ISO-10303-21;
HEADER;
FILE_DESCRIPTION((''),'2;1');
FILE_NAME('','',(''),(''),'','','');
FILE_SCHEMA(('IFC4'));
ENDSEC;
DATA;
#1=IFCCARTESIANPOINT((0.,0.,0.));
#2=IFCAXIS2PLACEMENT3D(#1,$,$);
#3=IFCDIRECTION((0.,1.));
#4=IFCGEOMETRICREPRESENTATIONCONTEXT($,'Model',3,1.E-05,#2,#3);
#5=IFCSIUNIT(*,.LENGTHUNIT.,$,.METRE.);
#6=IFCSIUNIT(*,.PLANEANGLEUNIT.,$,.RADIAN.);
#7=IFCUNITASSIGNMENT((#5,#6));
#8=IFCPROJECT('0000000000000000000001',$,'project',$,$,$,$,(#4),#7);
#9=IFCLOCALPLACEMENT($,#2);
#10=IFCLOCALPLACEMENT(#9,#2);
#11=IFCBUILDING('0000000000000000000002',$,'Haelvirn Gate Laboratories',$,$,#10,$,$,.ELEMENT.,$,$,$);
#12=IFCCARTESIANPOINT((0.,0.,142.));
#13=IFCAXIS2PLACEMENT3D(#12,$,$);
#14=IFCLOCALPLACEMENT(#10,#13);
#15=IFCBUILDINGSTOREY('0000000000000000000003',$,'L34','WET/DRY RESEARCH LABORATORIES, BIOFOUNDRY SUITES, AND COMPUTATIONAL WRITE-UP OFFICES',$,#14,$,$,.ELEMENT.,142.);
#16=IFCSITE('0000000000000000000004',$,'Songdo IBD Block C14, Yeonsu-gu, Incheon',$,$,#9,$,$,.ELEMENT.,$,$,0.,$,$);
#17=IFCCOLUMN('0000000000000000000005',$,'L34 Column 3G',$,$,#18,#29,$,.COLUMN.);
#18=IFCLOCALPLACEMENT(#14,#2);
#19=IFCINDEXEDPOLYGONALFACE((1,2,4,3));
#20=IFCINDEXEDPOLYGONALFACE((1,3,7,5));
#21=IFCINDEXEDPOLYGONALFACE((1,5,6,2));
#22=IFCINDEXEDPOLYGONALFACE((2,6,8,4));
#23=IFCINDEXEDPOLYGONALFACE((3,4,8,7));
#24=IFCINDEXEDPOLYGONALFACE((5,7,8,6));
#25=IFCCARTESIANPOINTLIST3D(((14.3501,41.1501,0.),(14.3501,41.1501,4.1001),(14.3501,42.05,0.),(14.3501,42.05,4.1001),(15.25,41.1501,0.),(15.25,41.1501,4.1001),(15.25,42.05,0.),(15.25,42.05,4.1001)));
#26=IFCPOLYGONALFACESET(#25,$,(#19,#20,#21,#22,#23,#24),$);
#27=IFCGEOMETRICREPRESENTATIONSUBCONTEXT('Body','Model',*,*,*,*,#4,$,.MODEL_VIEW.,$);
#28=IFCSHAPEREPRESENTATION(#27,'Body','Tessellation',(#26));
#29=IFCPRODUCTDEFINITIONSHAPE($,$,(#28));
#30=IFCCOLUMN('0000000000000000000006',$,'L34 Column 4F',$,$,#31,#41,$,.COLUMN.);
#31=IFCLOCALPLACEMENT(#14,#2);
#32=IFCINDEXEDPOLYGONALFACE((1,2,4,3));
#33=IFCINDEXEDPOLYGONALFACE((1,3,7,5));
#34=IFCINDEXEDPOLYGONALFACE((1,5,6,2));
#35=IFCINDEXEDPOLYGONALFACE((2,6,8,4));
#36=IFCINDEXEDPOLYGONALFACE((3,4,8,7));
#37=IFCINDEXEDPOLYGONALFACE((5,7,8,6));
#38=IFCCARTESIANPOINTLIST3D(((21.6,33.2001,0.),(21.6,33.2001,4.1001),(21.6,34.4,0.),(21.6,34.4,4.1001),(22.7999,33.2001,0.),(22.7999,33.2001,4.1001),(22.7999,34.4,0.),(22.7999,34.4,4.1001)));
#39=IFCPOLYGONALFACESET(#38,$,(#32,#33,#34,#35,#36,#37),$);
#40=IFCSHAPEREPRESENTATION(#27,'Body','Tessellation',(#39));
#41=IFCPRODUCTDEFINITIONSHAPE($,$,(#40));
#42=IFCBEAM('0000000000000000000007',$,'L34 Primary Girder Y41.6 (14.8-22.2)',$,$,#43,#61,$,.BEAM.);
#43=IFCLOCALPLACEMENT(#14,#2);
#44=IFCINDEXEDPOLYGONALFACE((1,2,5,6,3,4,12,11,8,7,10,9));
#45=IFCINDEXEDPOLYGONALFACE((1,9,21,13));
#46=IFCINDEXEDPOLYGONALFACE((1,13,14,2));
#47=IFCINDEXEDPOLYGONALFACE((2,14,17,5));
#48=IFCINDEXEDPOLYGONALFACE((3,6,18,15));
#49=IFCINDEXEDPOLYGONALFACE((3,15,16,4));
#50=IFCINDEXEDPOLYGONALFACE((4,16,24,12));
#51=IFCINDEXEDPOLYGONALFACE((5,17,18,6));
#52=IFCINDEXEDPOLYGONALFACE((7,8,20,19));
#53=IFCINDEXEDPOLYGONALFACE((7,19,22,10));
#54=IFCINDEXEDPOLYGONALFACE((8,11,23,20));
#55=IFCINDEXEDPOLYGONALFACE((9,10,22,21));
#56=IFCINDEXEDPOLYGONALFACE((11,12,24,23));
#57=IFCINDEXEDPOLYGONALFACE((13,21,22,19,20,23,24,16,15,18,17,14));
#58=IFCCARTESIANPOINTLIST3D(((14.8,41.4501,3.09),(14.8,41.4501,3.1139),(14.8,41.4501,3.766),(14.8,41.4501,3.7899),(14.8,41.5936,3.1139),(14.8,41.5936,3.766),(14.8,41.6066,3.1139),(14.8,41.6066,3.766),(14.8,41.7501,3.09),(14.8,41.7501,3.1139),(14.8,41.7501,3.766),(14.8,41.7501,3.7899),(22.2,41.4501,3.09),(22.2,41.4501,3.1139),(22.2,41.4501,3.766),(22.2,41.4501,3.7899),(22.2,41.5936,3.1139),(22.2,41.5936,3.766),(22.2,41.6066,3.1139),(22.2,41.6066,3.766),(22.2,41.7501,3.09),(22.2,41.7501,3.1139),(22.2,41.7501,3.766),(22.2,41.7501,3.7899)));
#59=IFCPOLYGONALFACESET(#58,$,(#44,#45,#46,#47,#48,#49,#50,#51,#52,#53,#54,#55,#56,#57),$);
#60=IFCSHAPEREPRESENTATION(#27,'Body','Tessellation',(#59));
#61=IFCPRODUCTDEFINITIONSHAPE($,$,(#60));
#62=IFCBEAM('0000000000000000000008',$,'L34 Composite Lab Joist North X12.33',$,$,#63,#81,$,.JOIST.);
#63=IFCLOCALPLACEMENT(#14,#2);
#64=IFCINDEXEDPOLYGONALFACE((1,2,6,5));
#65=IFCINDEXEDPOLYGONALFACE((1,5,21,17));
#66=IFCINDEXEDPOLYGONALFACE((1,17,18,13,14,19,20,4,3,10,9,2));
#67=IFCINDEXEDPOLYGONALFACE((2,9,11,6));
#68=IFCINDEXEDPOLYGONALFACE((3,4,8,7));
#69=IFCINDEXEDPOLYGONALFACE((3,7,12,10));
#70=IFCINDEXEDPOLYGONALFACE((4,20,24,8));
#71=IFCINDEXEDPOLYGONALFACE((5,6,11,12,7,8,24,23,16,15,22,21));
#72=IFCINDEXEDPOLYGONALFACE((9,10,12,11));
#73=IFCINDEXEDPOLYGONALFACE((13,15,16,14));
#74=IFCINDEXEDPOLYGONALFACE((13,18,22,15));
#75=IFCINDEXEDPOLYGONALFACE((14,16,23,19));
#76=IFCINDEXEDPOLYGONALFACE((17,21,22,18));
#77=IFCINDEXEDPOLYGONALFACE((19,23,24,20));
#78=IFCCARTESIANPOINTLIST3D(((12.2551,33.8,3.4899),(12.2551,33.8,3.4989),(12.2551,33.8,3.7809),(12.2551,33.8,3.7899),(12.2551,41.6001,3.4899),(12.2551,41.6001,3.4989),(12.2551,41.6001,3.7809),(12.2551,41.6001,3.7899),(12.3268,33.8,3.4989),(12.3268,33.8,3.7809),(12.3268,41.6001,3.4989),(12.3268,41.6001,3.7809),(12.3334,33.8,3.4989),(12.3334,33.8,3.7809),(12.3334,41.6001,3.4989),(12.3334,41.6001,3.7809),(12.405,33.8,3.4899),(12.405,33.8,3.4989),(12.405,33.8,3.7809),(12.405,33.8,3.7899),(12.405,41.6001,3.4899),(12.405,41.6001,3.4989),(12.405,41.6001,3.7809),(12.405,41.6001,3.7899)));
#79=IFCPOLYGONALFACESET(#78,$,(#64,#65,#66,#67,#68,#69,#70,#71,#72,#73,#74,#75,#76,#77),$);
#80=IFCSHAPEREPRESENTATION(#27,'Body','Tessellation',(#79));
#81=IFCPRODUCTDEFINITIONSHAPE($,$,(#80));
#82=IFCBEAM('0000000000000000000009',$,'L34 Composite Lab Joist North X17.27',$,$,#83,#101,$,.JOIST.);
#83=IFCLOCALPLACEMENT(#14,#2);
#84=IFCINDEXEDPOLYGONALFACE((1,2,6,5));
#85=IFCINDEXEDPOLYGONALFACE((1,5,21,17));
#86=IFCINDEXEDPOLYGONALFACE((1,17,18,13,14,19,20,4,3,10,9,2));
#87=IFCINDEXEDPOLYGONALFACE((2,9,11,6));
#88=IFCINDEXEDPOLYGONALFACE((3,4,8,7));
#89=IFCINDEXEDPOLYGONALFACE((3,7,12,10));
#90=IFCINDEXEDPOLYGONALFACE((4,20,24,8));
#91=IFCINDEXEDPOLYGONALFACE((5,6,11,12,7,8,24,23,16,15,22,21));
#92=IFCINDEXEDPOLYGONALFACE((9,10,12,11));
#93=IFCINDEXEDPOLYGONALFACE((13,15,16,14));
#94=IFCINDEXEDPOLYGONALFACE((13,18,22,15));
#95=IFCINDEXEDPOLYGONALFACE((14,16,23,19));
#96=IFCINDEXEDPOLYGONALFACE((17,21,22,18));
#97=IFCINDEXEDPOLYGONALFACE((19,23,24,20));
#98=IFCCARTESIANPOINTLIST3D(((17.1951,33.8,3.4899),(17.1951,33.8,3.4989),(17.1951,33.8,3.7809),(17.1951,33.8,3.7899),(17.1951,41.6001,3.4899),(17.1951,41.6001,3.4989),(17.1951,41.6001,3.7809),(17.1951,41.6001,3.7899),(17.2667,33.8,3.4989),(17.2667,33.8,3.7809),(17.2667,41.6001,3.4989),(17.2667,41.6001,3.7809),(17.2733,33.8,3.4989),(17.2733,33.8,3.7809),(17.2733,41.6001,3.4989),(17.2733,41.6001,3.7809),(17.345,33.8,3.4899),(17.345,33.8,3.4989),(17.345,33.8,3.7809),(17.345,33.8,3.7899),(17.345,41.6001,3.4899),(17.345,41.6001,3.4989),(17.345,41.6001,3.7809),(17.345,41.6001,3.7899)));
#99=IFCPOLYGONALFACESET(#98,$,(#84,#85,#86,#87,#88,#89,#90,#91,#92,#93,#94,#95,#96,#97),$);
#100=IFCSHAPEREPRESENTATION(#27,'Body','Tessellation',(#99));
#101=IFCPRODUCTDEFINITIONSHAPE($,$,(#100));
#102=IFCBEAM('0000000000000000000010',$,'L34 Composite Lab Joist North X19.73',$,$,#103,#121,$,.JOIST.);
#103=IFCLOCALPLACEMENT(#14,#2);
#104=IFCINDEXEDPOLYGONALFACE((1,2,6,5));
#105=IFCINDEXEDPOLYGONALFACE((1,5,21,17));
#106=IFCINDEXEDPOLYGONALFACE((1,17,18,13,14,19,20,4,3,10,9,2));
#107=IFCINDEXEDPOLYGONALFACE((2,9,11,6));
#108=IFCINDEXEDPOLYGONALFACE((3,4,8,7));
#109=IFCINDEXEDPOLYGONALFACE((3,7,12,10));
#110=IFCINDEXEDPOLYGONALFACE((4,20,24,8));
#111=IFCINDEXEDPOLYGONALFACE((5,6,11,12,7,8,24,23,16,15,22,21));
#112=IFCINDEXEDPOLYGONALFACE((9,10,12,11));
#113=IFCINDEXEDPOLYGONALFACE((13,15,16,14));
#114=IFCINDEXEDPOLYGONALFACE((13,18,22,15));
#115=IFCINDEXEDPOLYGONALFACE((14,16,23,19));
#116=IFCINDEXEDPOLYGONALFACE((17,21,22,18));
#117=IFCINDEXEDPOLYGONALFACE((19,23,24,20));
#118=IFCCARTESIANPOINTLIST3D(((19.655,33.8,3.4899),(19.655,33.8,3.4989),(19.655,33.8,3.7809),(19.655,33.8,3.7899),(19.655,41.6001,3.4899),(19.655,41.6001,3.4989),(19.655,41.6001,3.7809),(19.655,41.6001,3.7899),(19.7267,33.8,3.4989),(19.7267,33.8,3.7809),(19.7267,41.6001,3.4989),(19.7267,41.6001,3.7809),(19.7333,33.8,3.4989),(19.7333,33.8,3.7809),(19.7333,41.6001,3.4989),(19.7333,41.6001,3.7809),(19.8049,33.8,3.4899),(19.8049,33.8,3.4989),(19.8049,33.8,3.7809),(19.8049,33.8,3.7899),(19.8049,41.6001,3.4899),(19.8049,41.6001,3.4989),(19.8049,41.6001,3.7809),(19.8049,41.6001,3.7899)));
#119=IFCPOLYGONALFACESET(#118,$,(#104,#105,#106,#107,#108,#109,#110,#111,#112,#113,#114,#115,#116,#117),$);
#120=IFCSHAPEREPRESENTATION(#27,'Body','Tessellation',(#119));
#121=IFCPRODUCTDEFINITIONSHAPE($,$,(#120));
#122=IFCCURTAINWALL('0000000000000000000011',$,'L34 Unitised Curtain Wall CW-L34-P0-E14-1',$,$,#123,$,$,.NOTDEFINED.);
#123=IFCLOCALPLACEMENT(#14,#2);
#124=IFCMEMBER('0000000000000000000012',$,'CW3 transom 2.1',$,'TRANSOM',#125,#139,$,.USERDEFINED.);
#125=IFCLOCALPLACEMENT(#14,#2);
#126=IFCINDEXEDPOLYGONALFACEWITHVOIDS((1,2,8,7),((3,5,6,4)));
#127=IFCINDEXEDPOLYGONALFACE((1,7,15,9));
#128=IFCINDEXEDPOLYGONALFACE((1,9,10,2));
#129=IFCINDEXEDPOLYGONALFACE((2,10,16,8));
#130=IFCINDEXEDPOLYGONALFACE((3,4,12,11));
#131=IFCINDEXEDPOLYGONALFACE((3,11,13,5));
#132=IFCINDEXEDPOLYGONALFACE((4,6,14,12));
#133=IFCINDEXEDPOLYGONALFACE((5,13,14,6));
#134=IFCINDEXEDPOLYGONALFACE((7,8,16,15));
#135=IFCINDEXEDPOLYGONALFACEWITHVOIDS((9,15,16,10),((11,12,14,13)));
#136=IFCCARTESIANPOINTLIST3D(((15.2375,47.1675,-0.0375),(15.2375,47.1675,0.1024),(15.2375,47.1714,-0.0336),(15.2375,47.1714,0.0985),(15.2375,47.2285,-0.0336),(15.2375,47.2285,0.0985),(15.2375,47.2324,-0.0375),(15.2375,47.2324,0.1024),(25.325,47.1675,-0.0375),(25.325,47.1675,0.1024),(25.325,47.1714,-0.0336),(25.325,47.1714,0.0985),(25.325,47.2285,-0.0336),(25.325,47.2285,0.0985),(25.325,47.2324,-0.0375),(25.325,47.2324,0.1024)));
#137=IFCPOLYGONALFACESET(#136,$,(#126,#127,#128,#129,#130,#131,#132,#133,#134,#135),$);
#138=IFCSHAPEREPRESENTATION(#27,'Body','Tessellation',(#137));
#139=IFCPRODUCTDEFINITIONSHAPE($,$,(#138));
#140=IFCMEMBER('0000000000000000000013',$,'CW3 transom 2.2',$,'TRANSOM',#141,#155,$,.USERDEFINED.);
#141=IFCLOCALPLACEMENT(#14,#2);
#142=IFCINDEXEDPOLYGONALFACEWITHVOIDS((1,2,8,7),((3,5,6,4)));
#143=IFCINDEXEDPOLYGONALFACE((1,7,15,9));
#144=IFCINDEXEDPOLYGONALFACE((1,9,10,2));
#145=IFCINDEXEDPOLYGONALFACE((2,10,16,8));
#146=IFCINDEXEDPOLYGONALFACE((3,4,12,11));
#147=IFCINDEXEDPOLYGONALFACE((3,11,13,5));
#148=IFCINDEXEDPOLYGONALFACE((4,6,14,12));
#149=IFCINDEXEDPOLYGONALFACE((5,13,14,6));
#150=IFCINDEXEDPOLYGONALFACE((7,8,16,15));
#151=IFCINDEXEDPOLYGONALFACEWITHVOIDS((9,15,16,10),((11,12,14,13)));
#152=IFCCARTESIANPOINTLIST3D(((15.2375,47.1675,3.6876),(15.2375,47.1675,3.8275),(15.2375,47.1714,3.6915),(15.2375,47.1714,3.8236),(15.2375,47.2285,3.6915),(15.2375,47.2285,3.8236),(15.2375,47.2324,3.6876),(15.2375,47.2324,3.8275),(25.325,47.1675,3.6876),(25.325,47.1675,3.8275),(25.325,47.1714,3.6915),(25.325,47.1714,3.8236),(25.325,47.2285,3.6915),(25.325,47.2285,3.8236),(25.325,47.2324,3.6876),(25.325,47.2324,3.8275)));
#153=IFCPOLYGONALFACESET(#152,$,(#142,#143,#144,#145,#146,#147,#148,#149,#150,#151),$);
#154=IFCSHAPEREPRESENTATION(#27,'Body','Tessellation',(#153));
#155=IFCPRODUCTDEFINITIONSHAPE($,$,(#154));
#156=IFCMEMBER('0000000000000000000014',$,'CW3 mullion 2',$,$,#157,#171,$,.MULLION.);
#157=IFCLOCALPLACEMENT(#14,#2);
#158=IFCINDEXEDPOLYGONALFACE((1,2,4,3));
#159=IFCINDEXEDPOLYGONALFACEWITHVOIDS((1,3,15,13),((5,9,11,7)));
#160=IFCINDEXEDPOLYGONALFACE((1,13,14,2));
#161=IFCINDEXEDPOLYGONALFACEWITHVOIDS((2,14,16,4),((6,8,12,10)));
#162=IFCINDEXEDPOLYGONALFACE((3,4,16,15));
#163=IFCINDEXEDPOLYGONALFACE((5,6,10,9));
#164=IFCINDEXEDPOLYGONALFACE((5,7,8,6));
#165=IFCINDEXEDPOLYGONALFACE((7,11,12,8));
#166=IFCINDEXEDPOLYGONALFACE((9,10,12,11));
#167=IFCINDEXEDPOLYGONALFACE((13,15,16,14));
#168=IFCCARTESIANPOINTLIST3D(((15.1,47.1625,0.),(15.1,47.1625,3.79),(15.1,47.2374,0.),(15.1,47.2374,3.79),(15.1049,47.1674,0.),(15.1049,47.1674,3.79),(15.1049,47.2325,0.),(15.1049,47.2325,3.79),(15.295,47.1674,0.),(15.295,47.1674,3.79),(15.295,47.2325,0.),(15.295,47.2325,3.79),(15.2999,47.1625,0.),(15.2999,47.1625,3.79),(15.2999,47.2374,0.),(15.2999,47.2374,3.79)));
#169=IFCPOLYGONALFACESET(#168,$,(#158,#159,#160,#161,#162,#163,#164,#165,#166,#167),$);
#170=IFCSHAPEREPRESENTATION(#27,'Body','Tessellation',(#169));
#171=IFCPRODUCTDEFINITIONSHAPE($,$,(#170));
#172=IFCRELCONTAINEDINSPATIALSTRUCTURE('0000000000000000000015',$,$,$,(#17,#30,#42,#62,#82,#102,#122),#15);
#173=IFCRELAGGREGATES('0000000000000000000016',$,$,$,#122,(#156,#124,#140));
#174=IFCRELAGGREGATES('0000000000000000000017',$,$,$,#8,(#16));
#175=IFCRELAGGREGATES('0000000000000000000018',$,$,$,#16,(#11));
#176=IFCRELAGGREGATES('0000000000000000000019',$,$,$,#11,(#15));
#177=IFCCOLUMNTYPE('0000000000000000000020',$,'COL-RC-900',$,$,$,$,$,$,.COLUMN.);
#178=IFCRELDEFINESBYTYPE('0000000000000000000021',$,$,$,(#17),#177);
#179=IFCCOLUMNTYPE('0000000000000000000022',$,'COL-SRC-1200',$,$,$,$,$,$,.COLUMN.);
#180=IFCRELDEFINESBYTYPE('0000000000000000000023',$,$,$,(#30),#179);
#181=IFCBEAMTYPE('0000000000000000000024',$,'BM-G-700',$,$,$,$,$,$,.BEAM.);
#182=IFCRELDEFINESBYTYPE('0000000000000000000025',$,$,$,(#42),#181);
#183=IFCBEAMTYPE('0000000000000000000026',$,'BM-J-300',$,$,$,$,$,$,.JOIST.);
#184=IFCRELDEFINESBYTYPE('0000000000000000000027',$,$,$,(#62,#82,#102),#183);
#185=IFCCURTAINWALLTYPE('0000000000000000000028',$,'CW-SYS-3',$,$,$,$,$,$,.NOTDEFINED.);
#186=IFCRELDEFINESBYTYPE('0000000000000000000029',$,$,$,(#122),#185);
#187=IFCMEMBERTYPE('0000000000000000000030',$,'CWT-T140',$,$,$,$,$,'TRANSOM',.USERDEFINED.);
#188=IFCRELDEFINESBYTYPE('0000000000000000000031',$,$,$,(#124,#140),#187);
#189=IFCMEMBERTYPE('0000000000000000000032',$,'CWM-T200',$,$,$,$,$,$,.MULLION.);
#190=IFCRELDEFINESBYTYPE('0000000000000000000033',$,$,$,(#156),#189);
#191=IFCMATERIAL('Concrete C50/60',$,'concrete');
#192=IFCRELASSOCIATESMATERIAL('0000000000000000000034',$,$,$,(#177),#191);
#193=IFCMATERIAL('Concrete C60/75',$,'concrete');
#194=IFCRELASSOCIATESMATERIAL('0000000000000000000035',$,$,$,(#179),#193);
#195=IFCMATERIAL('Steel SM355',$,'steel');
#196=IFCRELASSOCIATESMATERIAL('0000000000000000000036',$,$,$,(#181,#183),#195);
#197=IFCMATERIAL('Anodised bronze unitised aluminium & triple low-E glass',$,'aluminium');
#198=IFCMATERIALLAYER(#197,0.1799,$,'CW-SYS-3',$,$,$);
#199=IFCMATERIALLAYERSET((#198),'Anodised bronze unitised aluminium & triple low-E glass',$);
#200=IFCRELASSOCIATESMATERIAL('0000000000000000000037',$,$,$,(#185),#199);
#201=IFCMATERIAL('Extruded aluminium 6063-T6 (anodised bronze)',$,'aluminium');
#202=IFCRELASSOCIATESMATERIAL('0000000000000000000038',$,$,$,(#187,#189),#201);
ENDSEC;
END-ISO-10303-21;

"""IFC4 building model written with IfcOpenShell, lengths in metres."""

from ifc_helpers import new_model, si_unit, direction, frame, origin, origin_2d, place, context, subcontext, project, spatial, rectangle, hollow_rectangle, i_section, extrude, source, transform, mapped, material, layer, layer_set, material_profile, profile_set, type_object, type_shapes, element, aggregate, save


model = new_model("IFC4")

# Units and contexts
model_context = context("Model", 3, precision=1e-05, world=origin(), true_north=direction((0.0, 1.0)))
body_context = subcontext(model_context, "Body", "Model", "MODEL_VIEW")
ifc_project = project(units=[si_unit("LENGTHUNIT", "METRE"), si_unit("PLANEANGLEUNIT", "RADIAN")], contexts=[model_context])

# Site, building, storey
site_placement = place(None, origin())
site = spatial("IfcSite", under=ifc_project, at=site_placement, Name="Songdo IBD Block C14, Yeonsu-gu, Incheon", CompositionType="ELEMENT", RefElevation=0.0)
building_placement = place(site_placement, origin())
building = spatial("IfcBuilding", under=site, at=building_placement, Name="Haelvirn Gate Laboratories", CompositionType="ELEMENT")
storey_placement = place(building_placement, frame((0.0, 0.0, 142.0)))
storey = spatial("IfcBuildingStorey", under=building, at=storey_placement, Name="L34", Description="WET/DRY RESEARCH LABORATORIES, BIOFOUNDRY SUITES, AND COMPUTATIONAL WRITE-UP OFFICES", CompositionType="ELEMENT", Elevation=142.0)

# Columns
ifc_material_1 = material(Name="Concrete C50/60", Category="concrete")
ifc_material_profile_1 = material_profile(ifc_material_1, rectangle(XDim=0.8999, YDim=0.8999, at=origin_2d()), Name="RC-900x900")
ifc_profile_set_1 = profile_set([ifc_material_profile_1], Name="Concrete C50/60")
column_type_1 = type_object("IfcColumnType", Name="COL-RC-900", PredefinedType="COLUMN", material=ifc_profile_set_1)
shared_shape_1 = source(origin(), body_context, "Body", "SweptSolid", [
    extrude(rectangle(XDim=0.8999, YDim=0.8999, at=origin_2d()), origin(), (0.0, 0.0, 1.0), 4.1001),
])
type_shapes(column_type_1, [shared_shape_1])
column_1_placement = place(storey_placement, frame((14.8, 41.6001, 0.0), z_axis=(0.0, 0.0, 1.0), x_axis=(1.0, 0.0, 0.0)))
element("IfcColumn", 1, at=column_1_placement, inside=storey, type_object=column_type_1, Name="L34 Column 3G", PredefinedType="COLUMN", context=body_context, shape_type="MappedRepresentation", body=[
    mapped(shared_shape_1, transform((0.0, 0.0, 0.0), scale=1.0)),
])
ifc_material_2 = material(Name="Concrete C60/75", Category="concrete")
ifc_material_profile_2 = material_profile(ifc_material_2, rectangle(XDim=1.2, YDim=1.2, at=origin_2d()), Name="SRC-1200x1200")
ifc_profile_set_2 = profile_set([ifc_material_profile_2], Name="Concrete C60/75")
column_type_2 = type_object("IfcColumnType", Name="COL-SRC-1200", PredefinedType="COLUMN", material=ifc_profile_set_2)
shared_shape_2 = source(origin(), body_context, "Body", "SweptSolid", [
    extrude(rectangle(XDim=1.2, YDim=1.2, at=origin_2d()), origin(), (0.0, 0.0, 1.0), 4.1001),
])
type_shapes(column_type_2, [shared_shape_2])
column_2_placement = place(storey_placement, frame((22.2, 33.8, 0.0), z_axis=(0.0, 0.0, 1.0), x_axis=(1.0, 0.0, 0.0)))
element("IfcColumn", 2, at=column_2_placement, inside=storey, type_object=column_type_2, Name="L34 Column 4F", PredefinedType="COLUMN", context=body_context, shape_type="MappedRepresentation", body=[
    mapped(shared_shape_2, transform((0.0, 0.0, 0.0), scale=1.0)),
])

# Beams
ifc_material_3 = material(Name="Steel SM355", Category="steel")
ifc_material_profile_3 = material_profile(ifc_material_3, i_section(OverallWidth=0.3, OverallDepth=0.7, WebThickness=0.0129, FlangeThickness=0.0239, at=origin_2d()), Name="H-700x300x13x24")
ifc_profile_set_3 = profile_set([ifc_material_profile_3], Name="Steel SM355")
beam_type_1 = type_object("IfcBeamType", Name="BM-G-700", PredefinedType="BEAM", material=ifc_profile_set_3)
shared_shape_3 = source(origin(), body_context, "Body", "SweptSolid", [
    extrude(i_section(OverallWidth=0.3, OverallDepth=0.7, WebThickness=0.0129, FlangeThickness=0.0239, at=origin_2d()), origin(), (0.0, 0.0, 1.0), 7.3999),
])
type_shapes(beam_type_1, [shared_shape_3])
beam_placement = place(storey_placement, frame((14.8, 41.6001, 3.4399), z_axis=(1.0, 0.0, 0.0), x_axis=(0.0, 1.0, 0.0)))
element("IfcBeam", 3, at=beam_placement, inside=storey, type_object=beam_type_1, Name="L34 Primary Girder Y41.6 (14.8-22.2)", PredefinedType="BEAM", context=body_context, shape_type="MappedRepresentation", body=[
    mapped(shared_shape_3, transform((0.0, 0.0, 0.0), scale=1.0)),
])
ifc_material_profile_4 = material_profile(ifc_material_3, i_section(OverallWidth=0.1499, OverallDepth=0.3, WebThickness=0.0066, FlangeThickness=0.009, at=origin_2d()), Name="H-300x150x6.5x9")
ifc_profile_set_4 = profile_set([ifc_material_profile_4], Name="Steel SM355")
beam_type_2 = type_object("IfcBeamType", Name="BM-J-300", PredefinedType="JOIST", material=ifc_profile_set_4)
shared_shape_4 = source(origin(), body_context, "Body", "SweptSolid", [
    extrude(i_section(OverallWidth=0.1499, OverallDepth=0.3, WebThickness=0.0066, FlangeThickness=0.009, at=origin_2d()), origin(), (0.0, 0.0, 1.0), 7.8),
])
type_shapes(beam_type_2, [shared_shape_4])
for number, where, z_axis, x_axis, name in (
    (4, (12.3301, 33.8, 3.6399), (0.0, 1.0, 0.0), (-1.0, 0.0, 0.0), "L34 Composite Lab Joist North X12.33"),
    (5, (17.27, 33.8, 3.6399), (0.0, 1.0, 0.0), (-1.0, 0.0, 0.0), "L34 Composite Lab Joist North X17.27"),
    (6, (19.73, 33.8, 3.6399), (0.0, 1.0, 0.0), (-1.0, 0.0, 0.0), "L34 Composite Lab Joist North X19.73"),
):
    element("IfcBeam", number, at=place(storey_placement, frame(where, z_axis=z_axis, x_axis=x_axis)), inside=storey, type_object=beam_type_2, Name=name, PredefinedType="JOIST", context=body_context, shape_type="MappedRepresentation", body=[
        mapped(shared_shape_4, transform((0.0, 0.0, 0.0), scale=1.0)),
    ])

# Curtain wall, members
ifc_material_4 = material(Name="Anodised bronze unitised aluminium & triple low-E glass", Category="aluminium")
ifc_layer_1 = layer(ifc_material_4, 0.1799, Name="CW-SYS-3")
ifc_layer_set_1 = layer_set([ifc_layer_1], Name="Anodised bronze unitised aluminium & triple low-E glass")
curtain_wall_type = type_object("IfcCurtainWallType", Name="CW-SYS-3", PredefinedType="NOTDEFINED", material=ifc_layer_set_1)
curtain_wall_placement = place(storey_placement, origin())
curtain_wall = element("IfcCurtainWall", 7, at=curtain_wall_placement, inside=storey, type_object=curtain_wall_type, Name="L34 Unitised Curtain Wall CW-L34-P0-E14-1", PredefinedType="NOTDEFINED")
ifc_material_5 = material(Name="Extruded aluminium 6063-T6 (anodised bronze)", Category="aluminium")
ifc_material_profile_5 = material_profile(ifc_material_5, hollow_rectangle(XDim=0.0649, YDim=0.1399, WallThickness=0.0039, at=origin_2d()), Name="CWT-140x65x4")
ifc_profile_set_5 = profile_set([ifc_material_profile_5], Name="Extruded aluminium 6063-T6 (anodised bronze)")
member_type_1 = type_object("IfcMemberType", Name="CWT-T140", ElementType="TRANSOM", PredefinedType="USERDEFINED", material=ifc_profile_set_5)
shared_shape_5 = source(origin(), body_context, "Body", "SweptSolid", [
    extrude(hollow_rectangle(XDim=0.0649, YDim=0.1399, WallThickness=0.0039, at=origin_2d()), origin(), (0.0, 0.0, 1.0), 10.0874),
])
type_shapes(member_type_1, [shared_shape_5])
member_1_placement = place(storey_placement, frame((15.2375, 47.2, 0.0325), z_axis=(1.0, 0.0, 0.0), x_axis=(0.0, 1.0, 0.0)))
member_1 = element("IfcMember", 8, at=member_1_placement, type_object=member_type_1, Name="CW3 transom 2.1", ObjectType="TRANSOM", PredefinedType="USERDEFINED", context=body_context, shape_type="MappedRepresentation", body=[
    mapped(shared_shape_5, transform((0.0, 0.0, 0.0), scale=1.0)),
])
member_2_placement = place(storey_placement, frame((15.2375, 47.2, 3.7576), z_axis=(1.0, 0.0, 0.0), x_axis=(0.0, 1.0, 0.0)))
member_2 = element("IfcMember", 9, at=member_2_placement, type_object=member_type_1, Name="CW3 transom 2.2", ObjectType="TRANSOM", PredefinedType="USERDEFINED", context=body_context, shape_type="MappedRepresentation", body=[
    mapped(shared_shape_5, transform((0.0, 0.0, 0.0), scale=1.0)),
])
ifc_material_profile_6 = material_profile(ifc_material_5, hollow_rectangle(XDim=0.075, YDim=0.2, WallThickness=0.0049, at=origin_2d()), Name="CWM-200x75x5")
ifc_profile_set_6 = profile_set([ifc_material_profile_6], Name="Extruded aluminium 6063-T6 (anodised bronze)")
member_type_2 = type_object("IfcMemberType", Name="CWM-T200", PredefinedType="MULLION", material=ifc_profile_set_6)
shared_shape_6 = source(origin(), body_context, "Body", "SweptSolid", [
    extrude(hollow_rectangle(XDim=0.075, YDim=0.2, WallThickness=0.0049, at=origin_2d()), origin(), (0.0, 0.0, 1.0), 3.79),
])
type_shapes(member_type_2, [shared_shape_6])
member_3_placement = place(storey_placement, frame((15.2, 47.2, 0.0), z_axis=(0.0, 0.0, 1.0), x_axis=(0.0, 1.0, 0.0)))
member_3 = element("IfcMember", 10, at=member_3_placement, type_object=member_type_2, Name="CW3 mullion 2", PredefinedType="MULLION", context=body_context, shape_type="MappedRepresentation", body=[
    mapped(shared_shape_6, transform((0.0, 0.0, 0.0), scale=1.0)),
])
aggregate(curtain_wall, [member_3, member_1, member_2])

save(model, "model.ifc")
